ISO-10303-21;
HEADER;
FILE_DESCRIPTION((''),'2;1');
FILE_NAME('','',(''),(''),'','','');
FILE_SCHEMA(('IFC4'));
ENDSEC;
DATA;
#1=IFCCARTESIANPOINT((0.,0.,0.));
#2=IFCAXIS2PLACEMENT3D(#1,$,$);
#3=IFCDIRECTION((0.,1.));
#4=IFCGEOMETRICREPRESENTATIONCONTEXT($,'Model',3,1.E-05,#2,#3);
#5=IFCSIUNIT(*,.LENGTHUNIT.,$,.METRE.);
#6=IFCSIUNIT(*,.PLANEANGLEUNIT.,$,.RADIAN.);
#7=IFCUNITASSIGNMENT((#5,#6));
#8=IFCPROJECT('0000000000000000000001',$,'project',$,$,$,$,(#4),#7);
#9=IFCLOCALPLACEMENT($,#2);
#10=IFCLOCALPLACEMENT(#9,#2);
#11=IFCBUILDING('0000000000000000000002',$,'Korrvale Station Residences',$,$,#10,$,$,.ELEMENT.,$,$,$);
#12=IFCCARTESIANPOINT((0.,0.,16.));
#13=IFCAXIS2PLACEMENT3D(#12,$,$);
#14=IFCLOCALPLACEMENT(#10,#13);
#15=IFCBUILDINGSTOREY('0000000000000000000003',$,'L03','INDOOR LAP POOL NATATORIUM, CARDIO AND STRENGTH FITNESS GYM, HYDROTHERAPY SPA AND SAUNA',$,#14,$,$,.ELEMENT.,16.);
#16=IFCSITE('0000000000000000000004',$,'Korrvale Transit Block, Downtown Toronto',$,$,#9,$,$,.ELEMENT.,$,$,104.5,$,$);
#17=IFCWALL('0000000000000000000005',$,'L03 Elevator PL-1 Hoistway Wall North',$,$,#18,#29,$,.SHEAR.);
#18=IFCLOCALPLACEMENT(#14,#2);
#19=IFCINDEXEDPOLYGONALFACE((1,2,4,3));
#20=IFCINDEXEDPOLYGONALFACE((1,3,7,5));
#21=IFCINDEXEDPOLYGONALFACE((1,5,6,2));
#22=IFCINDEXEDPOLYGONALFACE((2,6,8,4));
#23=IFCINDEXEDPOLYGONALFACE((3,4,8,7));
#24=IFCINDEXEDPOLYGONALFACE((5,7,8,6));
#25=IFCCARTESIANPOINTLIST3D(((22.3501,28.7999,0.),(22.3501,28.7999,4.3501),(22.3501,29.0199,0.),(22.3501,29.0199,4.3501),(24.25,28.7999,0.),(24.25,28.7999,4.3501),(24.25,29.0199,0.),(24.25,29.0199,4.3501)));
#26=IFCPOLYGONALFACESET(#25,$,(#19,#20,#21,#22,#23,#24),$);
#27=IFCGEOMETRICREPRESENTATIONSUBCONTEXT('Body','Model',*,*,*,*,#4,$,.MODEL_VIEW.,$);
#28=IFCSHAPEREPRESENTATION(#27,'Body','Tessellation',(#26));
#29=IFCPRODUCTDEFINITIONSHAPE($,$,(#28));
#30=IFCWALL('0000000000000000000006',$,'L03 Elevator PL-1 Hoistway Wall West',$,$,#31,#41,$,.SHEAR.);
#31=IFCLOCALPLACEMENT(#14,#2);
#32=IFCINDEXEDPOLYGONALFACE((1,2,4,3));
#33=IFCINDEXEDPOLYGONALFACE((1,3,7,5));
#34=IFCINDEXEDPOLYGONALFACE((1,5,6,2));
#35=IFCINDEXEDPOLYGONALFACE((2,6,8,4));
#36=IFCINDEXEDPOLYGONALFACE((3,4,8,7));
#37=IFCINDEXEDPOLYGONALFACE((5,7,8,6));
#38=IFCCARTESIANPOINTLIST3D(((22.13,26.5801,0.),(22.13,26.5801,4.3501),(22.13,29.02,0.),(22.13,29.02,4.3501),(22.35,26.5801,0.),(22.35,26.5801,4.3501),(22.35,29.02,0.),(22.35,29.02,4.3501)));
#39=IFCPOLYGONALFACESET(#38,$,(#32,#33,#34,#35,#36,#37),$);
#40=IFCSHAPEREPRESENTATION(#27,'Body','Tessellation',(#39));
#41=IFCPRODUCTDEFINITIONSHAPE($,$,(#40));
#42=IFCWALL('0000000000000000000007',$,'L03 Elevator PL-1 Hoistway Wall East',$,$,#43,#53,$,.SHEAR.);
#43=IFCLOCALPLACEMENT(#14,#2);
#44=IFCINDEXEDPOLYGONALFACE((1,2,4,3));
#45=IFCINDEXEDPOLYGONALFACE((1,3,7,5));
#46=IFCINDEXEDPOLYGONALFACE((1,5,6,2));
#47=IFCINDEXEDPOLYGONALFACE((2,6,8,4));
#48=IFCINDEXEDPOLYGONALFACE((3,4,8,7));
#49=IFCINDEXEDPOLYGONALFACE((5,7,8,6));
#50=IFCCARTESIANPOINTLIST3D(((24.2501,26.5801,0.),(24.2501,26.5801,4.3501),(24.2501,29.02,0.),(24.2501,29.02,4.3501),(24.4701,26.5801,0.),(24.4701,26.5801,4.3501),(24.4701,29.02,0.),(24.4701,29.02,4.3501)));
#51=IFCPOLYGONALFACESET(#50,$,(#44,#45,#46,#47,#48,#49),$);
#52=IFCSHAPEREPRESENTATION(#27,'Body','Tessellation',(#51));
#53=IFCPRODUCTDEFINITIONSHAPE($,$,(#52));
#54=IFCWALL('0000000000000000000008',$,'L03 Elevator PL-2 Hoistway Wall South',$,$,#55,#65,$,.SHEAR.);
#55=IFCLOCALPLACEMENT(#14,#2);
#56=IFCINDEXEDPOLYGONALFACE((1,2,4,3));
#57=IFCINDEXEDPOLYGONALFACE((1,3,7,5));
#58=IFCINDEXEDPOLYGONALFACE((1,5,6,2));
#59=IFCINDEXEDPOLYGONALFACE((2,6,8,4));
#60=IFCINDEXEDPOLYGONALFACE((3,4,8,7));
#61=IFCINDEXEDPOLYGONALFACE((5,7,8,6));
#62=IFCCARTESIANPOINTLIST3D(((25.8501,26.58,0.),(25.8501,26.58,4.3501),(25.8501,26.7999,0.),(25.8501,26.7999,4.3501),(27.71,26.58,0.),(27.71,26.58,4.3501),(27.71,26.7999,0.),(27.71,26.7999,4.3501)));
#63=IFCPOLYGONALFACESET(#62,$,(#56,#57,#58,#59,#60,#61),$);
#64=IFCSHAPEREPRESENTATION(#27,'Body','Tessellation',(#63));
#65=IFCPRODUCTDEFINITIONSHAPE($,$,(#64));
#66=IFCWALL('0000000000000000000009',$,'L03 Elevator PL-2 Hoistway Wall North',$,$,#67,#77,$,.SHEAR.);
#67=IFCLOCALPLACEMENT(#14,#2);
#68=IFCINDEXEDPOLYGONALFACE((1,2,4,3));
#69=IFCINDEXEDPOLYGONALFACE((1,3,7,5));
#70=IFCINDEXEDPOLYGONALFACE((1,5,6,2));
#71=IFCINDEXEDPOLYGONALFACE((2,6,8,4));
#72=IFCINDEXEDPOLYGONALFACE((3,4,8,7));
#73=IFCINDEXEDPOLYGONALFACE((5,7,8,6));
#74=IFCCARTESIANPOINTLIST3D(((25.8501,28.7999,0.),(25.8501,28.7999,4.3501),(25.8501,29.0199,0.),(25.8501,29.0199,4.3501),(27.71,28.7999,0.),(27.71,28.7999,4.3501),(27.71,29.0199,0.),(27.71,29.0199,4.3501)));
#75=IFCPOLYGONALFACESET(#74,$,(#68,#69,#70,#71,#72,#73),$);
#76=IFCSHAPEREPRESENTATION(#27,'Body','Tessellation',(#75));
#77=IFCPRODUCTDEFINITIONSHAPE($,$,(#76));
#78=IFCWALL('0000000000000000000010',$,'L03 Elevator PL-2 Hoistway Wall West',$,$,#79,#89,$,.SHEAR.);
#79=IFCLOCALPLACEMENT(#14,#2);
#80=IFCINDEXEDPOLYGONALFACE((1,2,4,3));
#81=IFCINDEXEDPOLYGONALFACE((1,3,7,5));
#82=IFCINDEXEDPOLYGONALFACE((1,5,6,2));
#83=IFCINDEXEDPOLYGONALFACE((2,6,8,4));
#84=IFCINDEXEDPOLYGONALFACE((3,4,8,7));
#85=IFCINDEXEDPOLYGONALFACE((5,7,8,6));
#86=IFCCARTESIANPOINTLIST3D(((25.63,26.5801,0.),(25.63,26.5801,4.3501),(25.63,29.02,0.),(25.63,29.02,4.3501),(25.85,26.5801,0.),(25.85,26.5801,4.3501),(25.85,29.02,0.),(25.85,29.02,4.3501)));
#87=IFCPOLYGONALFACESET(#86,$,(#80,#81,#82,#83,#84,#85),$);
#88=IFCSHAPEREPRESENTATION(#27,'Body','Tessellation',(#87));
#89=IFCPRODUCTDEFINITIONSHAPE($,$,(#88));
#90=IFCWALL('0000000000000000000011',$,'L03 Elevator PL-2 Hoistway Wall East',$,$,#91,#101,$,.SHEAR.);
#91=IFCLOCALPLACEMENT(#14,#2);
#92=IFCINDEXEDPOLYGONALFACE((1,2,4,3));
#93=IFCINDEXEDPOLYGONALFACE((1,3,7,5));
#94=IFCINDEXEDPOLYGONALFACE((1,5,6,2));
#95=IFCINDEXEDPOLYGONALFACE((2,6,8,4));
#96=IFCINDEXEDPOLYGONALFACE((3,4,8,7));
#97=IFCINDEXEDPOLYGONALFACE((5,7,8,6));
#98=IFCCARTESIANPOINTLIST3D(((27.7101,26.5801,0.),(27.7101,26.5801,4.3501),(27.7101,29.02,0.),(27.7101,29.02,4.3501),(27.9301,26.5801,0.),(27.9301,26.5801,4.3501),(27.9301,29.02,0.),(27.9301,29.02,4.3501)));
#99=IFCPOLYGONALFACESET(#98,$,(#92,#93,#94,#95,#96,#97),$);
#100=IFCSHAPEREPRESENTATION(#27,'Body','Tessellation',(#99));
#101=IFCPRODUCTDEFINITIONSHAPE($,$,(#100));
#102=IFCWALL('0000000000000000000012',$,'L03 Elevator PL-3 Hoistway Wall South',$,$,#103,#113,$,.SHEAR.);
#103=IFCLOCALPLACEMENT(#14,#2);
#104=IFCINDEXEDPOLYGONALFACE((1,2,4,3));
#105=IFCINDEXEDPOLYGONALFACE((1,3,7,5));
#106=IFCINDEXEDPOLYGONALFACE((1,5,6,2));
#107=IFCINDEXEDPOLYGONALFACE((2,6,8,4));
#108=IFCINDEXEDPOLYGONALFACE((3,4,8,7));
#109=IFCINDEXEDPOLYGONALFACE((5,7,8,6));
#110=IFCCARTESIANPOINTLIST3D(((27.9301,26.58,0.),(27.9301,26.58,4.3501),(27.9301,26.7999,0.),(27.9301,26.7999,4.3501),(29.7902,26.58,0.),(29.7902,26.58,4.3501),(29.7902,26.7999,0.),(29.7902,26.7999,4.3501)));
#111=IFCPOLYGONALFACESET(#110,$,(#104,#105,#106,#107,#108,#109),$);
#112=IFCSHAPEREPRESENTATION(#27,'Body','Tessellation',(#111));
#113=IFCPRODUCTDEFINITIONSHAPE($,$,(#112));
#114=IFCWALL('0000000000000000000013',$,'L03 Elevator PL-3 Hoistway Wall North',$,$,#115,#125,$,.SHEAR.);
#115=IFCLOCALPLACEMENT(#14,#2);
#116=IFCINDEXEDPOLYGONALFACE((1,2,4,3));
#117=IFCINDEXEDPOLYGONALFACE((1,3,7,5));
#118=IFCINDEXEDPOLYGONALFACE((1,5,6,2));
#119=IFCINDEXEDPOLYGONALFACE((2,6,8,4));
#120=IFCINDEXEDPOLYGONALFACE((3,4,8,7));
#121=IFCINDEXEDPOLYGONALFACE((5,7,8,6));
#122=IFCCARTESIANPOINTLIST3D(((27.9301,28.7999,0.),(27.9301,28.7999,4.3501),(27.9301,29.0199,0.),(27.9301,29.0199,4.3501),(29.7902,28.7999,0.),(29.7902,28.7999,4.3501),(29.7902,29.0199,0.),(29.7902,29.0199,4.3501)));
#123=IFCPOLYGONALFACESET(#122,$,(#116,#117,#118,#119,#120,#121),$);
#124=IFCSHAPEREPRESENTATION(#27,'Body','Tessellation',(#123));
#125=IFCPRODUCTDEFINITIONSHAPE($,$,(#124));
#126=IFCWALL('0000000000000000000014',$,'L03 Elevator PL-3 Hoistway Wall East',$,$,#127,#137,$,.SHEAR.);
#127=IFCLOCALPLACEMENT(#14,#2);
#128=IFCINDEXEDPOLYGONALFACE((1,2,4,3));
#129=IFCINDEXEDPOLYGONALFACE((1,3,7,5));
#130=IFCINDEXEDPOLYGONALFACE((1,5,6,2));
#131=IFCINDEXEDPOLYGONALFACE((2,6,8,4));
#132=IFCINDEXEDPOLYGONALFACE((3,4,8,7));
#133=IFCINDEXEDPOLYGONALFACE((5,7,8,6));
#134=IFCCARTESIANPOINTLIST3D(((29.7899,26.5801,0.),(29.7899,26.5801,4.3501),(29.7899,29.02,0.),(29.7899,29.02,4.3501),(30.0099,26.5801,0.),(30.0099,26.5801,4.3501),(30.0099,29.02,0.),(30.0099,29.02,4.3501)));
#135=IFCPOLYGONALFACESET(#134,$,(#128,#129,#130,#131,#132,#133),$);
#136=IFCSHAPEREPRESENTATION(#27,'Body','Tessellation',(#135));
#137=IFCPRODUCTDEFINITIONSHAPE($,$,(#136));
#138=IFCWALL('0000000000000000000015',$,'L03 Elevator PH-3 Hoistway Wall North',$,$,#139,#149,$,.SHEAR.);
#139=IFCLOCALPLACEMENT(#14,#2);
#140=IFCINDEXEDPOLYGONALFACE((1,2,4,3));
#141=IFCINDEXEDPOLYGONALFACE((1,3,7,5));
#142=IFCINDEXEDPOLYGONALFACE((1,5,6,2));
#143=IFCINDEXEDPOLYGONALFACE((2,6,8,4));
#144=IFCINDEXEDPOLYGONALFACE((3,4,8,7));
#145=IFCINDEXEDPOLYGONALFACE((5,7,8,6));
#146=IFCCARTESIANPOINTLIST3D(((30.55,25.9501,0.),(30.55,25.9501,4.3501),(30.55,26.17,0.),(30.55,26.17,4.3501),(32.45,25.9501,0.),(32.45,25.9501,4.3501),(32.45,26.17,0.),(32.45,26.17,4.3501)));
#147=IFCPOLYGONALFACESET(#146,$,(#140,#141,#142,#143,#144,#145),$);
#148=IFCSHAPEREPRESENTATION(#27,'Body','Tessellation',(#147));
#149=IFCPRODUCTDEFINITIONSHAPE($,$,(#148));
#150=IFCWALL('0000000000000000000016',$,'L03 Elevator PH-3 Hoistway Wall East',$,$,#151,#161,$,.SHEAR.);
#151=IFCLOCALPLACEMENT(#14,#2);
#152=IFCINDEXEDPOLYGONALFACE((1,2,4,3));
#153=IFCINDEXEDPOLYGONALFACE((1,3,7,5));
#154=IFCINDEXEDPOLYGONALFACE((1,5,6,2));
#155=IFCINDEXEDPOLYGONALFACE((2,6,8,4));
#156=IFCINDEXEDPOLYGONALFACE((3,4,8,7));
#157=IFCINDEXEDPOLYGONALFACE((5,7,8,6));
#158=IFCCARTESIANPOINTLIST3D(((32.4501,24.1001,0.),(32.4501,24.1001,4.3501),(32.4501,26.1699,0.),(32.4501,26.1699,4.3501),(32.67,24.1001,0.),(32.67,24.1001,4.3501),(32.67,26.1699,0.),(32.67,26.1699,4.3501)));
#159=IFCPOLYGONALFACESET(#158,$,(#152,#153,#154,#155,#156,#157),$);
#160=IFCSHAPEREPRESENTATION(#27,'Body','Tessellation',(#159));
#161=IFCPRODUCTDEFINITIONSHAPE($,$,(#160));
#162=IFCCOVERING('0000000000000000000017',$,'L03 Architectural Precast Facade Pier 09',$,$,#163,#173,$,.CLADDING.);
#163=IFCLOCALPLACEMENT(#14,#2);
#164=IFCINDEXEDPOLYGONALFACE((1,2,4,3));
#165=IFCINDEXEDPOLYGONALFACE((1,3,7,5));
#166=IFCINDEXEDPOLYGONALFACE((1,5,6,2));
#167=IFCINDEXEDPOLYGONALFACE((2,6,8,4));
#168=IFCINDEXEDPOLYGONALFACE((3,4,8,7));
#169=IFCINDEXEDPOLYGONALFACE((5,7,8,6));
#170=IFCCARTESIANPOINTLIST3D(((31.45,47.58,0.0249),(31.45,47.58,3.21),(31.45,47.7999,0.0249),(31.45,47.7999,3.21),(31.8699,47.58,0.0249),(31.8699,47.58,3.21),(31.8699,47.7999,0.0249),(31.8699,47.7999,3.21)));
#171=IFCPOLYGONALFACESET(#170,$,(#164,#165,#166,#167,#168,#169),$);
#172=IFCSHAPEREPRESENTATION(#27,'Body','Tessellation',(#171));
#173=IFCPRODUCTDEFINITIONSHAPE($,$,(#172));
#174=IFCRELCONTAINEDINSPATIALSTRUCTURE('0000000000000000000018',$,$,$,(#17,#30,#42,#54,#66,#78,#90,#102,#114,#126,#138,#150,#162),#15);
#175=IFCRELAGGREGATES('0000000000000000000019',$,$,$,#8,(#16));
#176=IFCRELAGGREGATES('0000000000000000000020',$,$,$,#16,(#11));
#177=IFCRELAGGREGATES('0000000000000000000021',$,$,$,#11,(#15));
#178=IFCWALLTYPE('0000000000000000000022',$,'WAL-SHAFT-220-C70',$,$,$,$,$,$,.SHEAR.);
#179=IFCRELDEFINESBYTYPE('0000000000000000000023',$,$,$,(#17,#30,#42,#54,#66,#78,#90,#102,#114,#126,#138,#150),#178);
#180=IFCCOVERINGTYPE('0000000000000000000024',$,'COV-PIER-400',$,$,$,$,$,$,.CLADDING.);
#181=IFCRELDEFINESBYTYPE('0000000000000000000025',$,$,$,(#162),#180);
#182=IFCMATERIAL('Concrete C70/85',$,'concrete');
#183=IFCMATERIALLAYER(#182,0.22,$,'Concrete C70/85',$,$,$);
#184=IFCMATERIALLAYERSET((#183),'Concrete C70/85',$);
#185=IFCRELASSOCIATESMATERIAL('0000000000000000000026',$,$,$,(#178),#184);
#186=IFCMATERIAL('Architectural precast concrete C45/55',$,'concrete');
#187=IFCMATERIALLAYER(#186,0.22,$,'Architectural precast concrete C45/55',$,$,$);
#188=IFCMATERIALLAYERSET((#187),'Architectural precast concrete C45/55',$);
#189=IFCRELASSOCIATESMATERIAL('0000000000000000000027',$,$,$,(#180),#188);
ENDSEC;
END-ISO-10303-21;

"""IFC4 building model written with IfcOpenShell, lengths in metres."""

from ifc_helpers import new_model, si_unit, direction, frame, frame_2d, origin, origin_2d, place, context, subcontext, project, spatial, rectangle, extrude, material, layer, layer_set, type_object, element, save


model = new_model("IFC4")

# Units and contexts
model_context = context("Model", 3, precision=1e-05, world=origin(), true_north=direction((0.0, 1.0)))
body_context = subcontext(model_context, "Body", "Model", "MODEL_VIEW")
ifc_project = project(units=[si_unit("LENGTHUNIT", "METRE"), si_unit("PLANEANGLEUNIT", "RADIAN")], contexts=[model_context])

# Site, building, storey
site_placement = place(None, origin())
site = spatial("IfcSite", under=ifc_project, at=site_placement, Name="Korrvale Transit Block, Downtown Toronto", CompositionType="ELEMENT", RefElevation=104.5)
building_placement = place(site_placement, origin())
building = spatial("IfcBuilding", under=site, at=building_placement, Name="Korrvale Station Residences", CompositionType="ELEMENT")
storey_placement = place(building_placement, frame((0.0, 0.0, 16.0)))
storey = spatial("IfcBuildingStorey", under=building, at=storey_placement, Name="L03", Description="INDOOR LAP POOL NATATORIUM, CARDIO AND STRENGTH FITNESS GYM, HYDROTHERAPY SPA AND SAUNA", CompositionType="ELEMENT", Elevation=16.0)

# Shared definitions
ifc_material_1 = material(Name="Concrete C70/85", Category="concrete")

# Walls
ifc_layer_1 = layer(ifc_material_1, 0.22, Name="Concrete C70/85")
ifc_layer_set_1 = layer_set([ifc_layer_1], Name="Concrete C70/85")
wall_type_1 = type_object("IfcWallType", Name="WAL-SHAFT-220-C70", PredefinedType="SHEAR", material=ifc_layer_set_1)
for number, where, z_axis, x_axis, name in (
    (1, (22.3501, 28.9099, 0.0), (0.0, 0.0, 1.0), (1.0, 0.0, 0.0), "L03 Elevator PL-1 Hoistway Wall North"),
):
    element("IfcWall", number, at=place(storey_placement, frame(where, z_axis=z_axis, x_axis=x_axis)), inside=storey, type_object=wall_type_1, Name=name, PredefinedType="SHEAR", context=body_context, shape_type="SweptSolid", body=[
        extrude(rectangle(XDim=1.8999, YDim=0.22, at=frame_2d((0.95, 0.0))), origin(), (0.0, 0.0, 1.0), 4.3501),
    ])
for number, where, z_axis, x_axis, name in (
    (2, (22.24, 26.5801, 0.0), (0.0, 0.0, 1.0), (0.0, 1.0, 0.0), "L03 Elevator PL-1 Hoistway Wall West"),
    (3, (24.3601, 26.5801, 0.0), (0.0, 0.0, 1.0), (0.0, 1.0, 0.0), "L03 Elevator PL-1 Hoistway Wall East"),
):
    element("IfcWall", number, at=place(storey_placement, frame(where, z_axis=z_axis, x_axis=x_axis)), inside=storey, type_object=wall_type_1, Name=name, PredefinedType="SHEAR", context=body_context, shape_type="SweptSolid", body=[
        extrude(rectangle(XDim=2.4399, YDim=0.22, at=frame_2d((1.22, 0.0))), origin(), (0.0, 0.0, 1.0), 4.3501),
    ])
for number, where, z_axis, x_axis, name in (
    (4, (25.8501, 26.6899, 0.0), (0.0, 0.0, 1.0), (1.0, 0.0, 0.0), "L03 Elevator PL-2 Hoistway Wall South"),
    (5, (25.8501, 28.9099, 0.0), (0.0, 0.0, 1.0), (1.0, 0.0, 0.0), "L03 Elevator PL-2 Hoistway Wall North"),
):
    element("IfcWall", number, at=place(storey_placement, frame(where, z_axis=z_axis, x_axis=x_axis)), inside=storey, type_object=wall_type_1, Name=name, PredefinedType="SHEAR", context=body_context, shape_type="SweptSolid", body=[
        extrude(rectangle(XDim=1.8599, YDim=0.22, at=frame_2d((0.9299, 0.0))), origin(), (0.0, 0.0, 1.0), 4.3501),
    ])
for number, where, z_axis, x_axis, name in (
    (6, (25.74, 26.5801, 0.0), (0.0, 0.0, 1.0), (0.0, 1.0, 0.0), "L03 Elevator PL-2 Hoistway Wall West"),
    (7, (27.8201, 26.5801, 0.0), (0.0, 0.0, 1.0), (0.0, 1.0, 0.0), "L03 Elevator PL-2 Hoistway Wall East"),
):
    element("IfcWall", number, at=place(storey_placement, frame(where, z_axis=z_axis, x_axis=x_axis)), inside=storey, type_object=wall_type_1, Name=name, PredefinedType="SHEAR", context=body_context, shape_type="SweptSolid", body=[
        extrude(rectangle(XDim=2.4399, YDim=0.22, at=frame_2d((1.22, 0.0))), origin(), (0.0, 0.0, 1.0), 4.3501),
    ])
for number, where, z_axis, x_axis, name in (
    (8, (27.9299, 26.6899, 0.0), (0.0, 0.0, 1.0), (1.0, 0.0, 0.0), "L03 Elevator PL-3 Hoistway Wall South"),
    (9, (27.9299, 28.9099, 0.0), (0.0, 0.0, 1.0), (1.0, 0.0, 0.0), "L03 Elevator PL-3 Hoistway Wall North"),
):
    element("IfcWall", number, at=place(storey_placement, frame(where, z_axis=z_axis, x_axis=x_axis)), inside=storey, type_object=wall_type_1, Name=name, PredefinedType="SHEAR", context=body_context, shape_type="SweptSolid", body=[
        extrude(rectangle(XDim=1.8601, YDim=0.22, at=frame_2d((0.9302, 0.0))), origin(), (0.0, 0.0, 1.0), 4.3501),
    ])
wall_1_placement = place(storey_placement, frame((29.8999, 26.5801, 0.0), z_axis=(0.0, 0.0, 1.0), x_axis=(0.0, 1.0, 0.0)))
element("IfcWall", 10, at=wall_1_placement, inside=storey, type_object=wall_type_1, Name="L03 Elevator PL-3 Hoistway Wall East", PredefinedType="SHEAR", context=body_context, shape_type="SweptSolid", body=[
    extrude(rectangle(XDim=2.4399, YDim=0.22, at=frame_2d((1.22, 0.0))), origin(), (0.0, 0.0, 1.0), 4.3501),
])
wall_2_placement = place(storey_placement, frame((30.55, 26.0601, 0.0), z_axis=(0.0, 0.0, 1.0), x_axis=(1.0, 0.0, 0.0)))
element("IfcWall", 11, at=wall_2_placement, inside=storey, type_object=wall_type_1, Name="L03 Elevator PH-3 Hoistway Wall North", PredefinedType="SHEAR", context=body_context, shape_type="SweptSolid", body=[
    extrude(rectangle(XDim=1.8999, YDim=0.22, at=frame_2d((0.95, 0.0))), origin(), (0.0, 0.0, 1.0), 4.3501),
])
wall_3_placement = place(storey_placement, frame((32.5601, 24.1001, 0.0), z_axis=(0.0, 0.0, 1.0), x_axis=(0.0, 1.0, 0.0)))
element("IfcWall", 12, at=wall_3_placement, inside=storey, type_object=wall_type_1, Name="L03 Elevator PH-3 Hoistway Wall East", PredefinedType="SHEAR", context=body_context, shape_type="SweptSolid", body=[
    extrude(rectangle(XDim=2.0698, YDim=0.22, at=frame_2d((1.0349, 0.0))), origin(), (0.0, 0.0, 1.0), 4.3501),
])

# Covering
ifc_material_2 = material(Name="Architectural precast concrete C45/55", Category="concrete")
ifc_layer_2 = layer(ifc_material_2, 0.22, Name="Architectural precast concrete C45/55")
ifc_layer_set_2 = layer_set([ifc_layer_2], Name="Architectural precast concrete C45/55")
covering_type = type_object("IfcCoveringType", Name="COV-PIER-400", PredefinedType="CLADDING", material=ifc_layer_set_2)
covering_placement = place(storey_placement, frame((31.6599, 47.6899, 0.0249), z_axis=(0.0, 0.0, 1.0), x_axis=(1.0, 0.0, 0.0)))
element("IfcCovering", 13, at=covering_placement, inside=storey, type_object=covering_type, Name="L03 Architectural Precast Facade Pier 09", PredefinedType="CLADDING", context=body_context, shape_type="SweptSolid", body=[
    extrude(rectangle(XDim=0.4199, YDim=0.22, at=origin_2d()), origin(), (0.0, 0.0, 1.0), 3.1851),
])

save(model, "model.ifc")
